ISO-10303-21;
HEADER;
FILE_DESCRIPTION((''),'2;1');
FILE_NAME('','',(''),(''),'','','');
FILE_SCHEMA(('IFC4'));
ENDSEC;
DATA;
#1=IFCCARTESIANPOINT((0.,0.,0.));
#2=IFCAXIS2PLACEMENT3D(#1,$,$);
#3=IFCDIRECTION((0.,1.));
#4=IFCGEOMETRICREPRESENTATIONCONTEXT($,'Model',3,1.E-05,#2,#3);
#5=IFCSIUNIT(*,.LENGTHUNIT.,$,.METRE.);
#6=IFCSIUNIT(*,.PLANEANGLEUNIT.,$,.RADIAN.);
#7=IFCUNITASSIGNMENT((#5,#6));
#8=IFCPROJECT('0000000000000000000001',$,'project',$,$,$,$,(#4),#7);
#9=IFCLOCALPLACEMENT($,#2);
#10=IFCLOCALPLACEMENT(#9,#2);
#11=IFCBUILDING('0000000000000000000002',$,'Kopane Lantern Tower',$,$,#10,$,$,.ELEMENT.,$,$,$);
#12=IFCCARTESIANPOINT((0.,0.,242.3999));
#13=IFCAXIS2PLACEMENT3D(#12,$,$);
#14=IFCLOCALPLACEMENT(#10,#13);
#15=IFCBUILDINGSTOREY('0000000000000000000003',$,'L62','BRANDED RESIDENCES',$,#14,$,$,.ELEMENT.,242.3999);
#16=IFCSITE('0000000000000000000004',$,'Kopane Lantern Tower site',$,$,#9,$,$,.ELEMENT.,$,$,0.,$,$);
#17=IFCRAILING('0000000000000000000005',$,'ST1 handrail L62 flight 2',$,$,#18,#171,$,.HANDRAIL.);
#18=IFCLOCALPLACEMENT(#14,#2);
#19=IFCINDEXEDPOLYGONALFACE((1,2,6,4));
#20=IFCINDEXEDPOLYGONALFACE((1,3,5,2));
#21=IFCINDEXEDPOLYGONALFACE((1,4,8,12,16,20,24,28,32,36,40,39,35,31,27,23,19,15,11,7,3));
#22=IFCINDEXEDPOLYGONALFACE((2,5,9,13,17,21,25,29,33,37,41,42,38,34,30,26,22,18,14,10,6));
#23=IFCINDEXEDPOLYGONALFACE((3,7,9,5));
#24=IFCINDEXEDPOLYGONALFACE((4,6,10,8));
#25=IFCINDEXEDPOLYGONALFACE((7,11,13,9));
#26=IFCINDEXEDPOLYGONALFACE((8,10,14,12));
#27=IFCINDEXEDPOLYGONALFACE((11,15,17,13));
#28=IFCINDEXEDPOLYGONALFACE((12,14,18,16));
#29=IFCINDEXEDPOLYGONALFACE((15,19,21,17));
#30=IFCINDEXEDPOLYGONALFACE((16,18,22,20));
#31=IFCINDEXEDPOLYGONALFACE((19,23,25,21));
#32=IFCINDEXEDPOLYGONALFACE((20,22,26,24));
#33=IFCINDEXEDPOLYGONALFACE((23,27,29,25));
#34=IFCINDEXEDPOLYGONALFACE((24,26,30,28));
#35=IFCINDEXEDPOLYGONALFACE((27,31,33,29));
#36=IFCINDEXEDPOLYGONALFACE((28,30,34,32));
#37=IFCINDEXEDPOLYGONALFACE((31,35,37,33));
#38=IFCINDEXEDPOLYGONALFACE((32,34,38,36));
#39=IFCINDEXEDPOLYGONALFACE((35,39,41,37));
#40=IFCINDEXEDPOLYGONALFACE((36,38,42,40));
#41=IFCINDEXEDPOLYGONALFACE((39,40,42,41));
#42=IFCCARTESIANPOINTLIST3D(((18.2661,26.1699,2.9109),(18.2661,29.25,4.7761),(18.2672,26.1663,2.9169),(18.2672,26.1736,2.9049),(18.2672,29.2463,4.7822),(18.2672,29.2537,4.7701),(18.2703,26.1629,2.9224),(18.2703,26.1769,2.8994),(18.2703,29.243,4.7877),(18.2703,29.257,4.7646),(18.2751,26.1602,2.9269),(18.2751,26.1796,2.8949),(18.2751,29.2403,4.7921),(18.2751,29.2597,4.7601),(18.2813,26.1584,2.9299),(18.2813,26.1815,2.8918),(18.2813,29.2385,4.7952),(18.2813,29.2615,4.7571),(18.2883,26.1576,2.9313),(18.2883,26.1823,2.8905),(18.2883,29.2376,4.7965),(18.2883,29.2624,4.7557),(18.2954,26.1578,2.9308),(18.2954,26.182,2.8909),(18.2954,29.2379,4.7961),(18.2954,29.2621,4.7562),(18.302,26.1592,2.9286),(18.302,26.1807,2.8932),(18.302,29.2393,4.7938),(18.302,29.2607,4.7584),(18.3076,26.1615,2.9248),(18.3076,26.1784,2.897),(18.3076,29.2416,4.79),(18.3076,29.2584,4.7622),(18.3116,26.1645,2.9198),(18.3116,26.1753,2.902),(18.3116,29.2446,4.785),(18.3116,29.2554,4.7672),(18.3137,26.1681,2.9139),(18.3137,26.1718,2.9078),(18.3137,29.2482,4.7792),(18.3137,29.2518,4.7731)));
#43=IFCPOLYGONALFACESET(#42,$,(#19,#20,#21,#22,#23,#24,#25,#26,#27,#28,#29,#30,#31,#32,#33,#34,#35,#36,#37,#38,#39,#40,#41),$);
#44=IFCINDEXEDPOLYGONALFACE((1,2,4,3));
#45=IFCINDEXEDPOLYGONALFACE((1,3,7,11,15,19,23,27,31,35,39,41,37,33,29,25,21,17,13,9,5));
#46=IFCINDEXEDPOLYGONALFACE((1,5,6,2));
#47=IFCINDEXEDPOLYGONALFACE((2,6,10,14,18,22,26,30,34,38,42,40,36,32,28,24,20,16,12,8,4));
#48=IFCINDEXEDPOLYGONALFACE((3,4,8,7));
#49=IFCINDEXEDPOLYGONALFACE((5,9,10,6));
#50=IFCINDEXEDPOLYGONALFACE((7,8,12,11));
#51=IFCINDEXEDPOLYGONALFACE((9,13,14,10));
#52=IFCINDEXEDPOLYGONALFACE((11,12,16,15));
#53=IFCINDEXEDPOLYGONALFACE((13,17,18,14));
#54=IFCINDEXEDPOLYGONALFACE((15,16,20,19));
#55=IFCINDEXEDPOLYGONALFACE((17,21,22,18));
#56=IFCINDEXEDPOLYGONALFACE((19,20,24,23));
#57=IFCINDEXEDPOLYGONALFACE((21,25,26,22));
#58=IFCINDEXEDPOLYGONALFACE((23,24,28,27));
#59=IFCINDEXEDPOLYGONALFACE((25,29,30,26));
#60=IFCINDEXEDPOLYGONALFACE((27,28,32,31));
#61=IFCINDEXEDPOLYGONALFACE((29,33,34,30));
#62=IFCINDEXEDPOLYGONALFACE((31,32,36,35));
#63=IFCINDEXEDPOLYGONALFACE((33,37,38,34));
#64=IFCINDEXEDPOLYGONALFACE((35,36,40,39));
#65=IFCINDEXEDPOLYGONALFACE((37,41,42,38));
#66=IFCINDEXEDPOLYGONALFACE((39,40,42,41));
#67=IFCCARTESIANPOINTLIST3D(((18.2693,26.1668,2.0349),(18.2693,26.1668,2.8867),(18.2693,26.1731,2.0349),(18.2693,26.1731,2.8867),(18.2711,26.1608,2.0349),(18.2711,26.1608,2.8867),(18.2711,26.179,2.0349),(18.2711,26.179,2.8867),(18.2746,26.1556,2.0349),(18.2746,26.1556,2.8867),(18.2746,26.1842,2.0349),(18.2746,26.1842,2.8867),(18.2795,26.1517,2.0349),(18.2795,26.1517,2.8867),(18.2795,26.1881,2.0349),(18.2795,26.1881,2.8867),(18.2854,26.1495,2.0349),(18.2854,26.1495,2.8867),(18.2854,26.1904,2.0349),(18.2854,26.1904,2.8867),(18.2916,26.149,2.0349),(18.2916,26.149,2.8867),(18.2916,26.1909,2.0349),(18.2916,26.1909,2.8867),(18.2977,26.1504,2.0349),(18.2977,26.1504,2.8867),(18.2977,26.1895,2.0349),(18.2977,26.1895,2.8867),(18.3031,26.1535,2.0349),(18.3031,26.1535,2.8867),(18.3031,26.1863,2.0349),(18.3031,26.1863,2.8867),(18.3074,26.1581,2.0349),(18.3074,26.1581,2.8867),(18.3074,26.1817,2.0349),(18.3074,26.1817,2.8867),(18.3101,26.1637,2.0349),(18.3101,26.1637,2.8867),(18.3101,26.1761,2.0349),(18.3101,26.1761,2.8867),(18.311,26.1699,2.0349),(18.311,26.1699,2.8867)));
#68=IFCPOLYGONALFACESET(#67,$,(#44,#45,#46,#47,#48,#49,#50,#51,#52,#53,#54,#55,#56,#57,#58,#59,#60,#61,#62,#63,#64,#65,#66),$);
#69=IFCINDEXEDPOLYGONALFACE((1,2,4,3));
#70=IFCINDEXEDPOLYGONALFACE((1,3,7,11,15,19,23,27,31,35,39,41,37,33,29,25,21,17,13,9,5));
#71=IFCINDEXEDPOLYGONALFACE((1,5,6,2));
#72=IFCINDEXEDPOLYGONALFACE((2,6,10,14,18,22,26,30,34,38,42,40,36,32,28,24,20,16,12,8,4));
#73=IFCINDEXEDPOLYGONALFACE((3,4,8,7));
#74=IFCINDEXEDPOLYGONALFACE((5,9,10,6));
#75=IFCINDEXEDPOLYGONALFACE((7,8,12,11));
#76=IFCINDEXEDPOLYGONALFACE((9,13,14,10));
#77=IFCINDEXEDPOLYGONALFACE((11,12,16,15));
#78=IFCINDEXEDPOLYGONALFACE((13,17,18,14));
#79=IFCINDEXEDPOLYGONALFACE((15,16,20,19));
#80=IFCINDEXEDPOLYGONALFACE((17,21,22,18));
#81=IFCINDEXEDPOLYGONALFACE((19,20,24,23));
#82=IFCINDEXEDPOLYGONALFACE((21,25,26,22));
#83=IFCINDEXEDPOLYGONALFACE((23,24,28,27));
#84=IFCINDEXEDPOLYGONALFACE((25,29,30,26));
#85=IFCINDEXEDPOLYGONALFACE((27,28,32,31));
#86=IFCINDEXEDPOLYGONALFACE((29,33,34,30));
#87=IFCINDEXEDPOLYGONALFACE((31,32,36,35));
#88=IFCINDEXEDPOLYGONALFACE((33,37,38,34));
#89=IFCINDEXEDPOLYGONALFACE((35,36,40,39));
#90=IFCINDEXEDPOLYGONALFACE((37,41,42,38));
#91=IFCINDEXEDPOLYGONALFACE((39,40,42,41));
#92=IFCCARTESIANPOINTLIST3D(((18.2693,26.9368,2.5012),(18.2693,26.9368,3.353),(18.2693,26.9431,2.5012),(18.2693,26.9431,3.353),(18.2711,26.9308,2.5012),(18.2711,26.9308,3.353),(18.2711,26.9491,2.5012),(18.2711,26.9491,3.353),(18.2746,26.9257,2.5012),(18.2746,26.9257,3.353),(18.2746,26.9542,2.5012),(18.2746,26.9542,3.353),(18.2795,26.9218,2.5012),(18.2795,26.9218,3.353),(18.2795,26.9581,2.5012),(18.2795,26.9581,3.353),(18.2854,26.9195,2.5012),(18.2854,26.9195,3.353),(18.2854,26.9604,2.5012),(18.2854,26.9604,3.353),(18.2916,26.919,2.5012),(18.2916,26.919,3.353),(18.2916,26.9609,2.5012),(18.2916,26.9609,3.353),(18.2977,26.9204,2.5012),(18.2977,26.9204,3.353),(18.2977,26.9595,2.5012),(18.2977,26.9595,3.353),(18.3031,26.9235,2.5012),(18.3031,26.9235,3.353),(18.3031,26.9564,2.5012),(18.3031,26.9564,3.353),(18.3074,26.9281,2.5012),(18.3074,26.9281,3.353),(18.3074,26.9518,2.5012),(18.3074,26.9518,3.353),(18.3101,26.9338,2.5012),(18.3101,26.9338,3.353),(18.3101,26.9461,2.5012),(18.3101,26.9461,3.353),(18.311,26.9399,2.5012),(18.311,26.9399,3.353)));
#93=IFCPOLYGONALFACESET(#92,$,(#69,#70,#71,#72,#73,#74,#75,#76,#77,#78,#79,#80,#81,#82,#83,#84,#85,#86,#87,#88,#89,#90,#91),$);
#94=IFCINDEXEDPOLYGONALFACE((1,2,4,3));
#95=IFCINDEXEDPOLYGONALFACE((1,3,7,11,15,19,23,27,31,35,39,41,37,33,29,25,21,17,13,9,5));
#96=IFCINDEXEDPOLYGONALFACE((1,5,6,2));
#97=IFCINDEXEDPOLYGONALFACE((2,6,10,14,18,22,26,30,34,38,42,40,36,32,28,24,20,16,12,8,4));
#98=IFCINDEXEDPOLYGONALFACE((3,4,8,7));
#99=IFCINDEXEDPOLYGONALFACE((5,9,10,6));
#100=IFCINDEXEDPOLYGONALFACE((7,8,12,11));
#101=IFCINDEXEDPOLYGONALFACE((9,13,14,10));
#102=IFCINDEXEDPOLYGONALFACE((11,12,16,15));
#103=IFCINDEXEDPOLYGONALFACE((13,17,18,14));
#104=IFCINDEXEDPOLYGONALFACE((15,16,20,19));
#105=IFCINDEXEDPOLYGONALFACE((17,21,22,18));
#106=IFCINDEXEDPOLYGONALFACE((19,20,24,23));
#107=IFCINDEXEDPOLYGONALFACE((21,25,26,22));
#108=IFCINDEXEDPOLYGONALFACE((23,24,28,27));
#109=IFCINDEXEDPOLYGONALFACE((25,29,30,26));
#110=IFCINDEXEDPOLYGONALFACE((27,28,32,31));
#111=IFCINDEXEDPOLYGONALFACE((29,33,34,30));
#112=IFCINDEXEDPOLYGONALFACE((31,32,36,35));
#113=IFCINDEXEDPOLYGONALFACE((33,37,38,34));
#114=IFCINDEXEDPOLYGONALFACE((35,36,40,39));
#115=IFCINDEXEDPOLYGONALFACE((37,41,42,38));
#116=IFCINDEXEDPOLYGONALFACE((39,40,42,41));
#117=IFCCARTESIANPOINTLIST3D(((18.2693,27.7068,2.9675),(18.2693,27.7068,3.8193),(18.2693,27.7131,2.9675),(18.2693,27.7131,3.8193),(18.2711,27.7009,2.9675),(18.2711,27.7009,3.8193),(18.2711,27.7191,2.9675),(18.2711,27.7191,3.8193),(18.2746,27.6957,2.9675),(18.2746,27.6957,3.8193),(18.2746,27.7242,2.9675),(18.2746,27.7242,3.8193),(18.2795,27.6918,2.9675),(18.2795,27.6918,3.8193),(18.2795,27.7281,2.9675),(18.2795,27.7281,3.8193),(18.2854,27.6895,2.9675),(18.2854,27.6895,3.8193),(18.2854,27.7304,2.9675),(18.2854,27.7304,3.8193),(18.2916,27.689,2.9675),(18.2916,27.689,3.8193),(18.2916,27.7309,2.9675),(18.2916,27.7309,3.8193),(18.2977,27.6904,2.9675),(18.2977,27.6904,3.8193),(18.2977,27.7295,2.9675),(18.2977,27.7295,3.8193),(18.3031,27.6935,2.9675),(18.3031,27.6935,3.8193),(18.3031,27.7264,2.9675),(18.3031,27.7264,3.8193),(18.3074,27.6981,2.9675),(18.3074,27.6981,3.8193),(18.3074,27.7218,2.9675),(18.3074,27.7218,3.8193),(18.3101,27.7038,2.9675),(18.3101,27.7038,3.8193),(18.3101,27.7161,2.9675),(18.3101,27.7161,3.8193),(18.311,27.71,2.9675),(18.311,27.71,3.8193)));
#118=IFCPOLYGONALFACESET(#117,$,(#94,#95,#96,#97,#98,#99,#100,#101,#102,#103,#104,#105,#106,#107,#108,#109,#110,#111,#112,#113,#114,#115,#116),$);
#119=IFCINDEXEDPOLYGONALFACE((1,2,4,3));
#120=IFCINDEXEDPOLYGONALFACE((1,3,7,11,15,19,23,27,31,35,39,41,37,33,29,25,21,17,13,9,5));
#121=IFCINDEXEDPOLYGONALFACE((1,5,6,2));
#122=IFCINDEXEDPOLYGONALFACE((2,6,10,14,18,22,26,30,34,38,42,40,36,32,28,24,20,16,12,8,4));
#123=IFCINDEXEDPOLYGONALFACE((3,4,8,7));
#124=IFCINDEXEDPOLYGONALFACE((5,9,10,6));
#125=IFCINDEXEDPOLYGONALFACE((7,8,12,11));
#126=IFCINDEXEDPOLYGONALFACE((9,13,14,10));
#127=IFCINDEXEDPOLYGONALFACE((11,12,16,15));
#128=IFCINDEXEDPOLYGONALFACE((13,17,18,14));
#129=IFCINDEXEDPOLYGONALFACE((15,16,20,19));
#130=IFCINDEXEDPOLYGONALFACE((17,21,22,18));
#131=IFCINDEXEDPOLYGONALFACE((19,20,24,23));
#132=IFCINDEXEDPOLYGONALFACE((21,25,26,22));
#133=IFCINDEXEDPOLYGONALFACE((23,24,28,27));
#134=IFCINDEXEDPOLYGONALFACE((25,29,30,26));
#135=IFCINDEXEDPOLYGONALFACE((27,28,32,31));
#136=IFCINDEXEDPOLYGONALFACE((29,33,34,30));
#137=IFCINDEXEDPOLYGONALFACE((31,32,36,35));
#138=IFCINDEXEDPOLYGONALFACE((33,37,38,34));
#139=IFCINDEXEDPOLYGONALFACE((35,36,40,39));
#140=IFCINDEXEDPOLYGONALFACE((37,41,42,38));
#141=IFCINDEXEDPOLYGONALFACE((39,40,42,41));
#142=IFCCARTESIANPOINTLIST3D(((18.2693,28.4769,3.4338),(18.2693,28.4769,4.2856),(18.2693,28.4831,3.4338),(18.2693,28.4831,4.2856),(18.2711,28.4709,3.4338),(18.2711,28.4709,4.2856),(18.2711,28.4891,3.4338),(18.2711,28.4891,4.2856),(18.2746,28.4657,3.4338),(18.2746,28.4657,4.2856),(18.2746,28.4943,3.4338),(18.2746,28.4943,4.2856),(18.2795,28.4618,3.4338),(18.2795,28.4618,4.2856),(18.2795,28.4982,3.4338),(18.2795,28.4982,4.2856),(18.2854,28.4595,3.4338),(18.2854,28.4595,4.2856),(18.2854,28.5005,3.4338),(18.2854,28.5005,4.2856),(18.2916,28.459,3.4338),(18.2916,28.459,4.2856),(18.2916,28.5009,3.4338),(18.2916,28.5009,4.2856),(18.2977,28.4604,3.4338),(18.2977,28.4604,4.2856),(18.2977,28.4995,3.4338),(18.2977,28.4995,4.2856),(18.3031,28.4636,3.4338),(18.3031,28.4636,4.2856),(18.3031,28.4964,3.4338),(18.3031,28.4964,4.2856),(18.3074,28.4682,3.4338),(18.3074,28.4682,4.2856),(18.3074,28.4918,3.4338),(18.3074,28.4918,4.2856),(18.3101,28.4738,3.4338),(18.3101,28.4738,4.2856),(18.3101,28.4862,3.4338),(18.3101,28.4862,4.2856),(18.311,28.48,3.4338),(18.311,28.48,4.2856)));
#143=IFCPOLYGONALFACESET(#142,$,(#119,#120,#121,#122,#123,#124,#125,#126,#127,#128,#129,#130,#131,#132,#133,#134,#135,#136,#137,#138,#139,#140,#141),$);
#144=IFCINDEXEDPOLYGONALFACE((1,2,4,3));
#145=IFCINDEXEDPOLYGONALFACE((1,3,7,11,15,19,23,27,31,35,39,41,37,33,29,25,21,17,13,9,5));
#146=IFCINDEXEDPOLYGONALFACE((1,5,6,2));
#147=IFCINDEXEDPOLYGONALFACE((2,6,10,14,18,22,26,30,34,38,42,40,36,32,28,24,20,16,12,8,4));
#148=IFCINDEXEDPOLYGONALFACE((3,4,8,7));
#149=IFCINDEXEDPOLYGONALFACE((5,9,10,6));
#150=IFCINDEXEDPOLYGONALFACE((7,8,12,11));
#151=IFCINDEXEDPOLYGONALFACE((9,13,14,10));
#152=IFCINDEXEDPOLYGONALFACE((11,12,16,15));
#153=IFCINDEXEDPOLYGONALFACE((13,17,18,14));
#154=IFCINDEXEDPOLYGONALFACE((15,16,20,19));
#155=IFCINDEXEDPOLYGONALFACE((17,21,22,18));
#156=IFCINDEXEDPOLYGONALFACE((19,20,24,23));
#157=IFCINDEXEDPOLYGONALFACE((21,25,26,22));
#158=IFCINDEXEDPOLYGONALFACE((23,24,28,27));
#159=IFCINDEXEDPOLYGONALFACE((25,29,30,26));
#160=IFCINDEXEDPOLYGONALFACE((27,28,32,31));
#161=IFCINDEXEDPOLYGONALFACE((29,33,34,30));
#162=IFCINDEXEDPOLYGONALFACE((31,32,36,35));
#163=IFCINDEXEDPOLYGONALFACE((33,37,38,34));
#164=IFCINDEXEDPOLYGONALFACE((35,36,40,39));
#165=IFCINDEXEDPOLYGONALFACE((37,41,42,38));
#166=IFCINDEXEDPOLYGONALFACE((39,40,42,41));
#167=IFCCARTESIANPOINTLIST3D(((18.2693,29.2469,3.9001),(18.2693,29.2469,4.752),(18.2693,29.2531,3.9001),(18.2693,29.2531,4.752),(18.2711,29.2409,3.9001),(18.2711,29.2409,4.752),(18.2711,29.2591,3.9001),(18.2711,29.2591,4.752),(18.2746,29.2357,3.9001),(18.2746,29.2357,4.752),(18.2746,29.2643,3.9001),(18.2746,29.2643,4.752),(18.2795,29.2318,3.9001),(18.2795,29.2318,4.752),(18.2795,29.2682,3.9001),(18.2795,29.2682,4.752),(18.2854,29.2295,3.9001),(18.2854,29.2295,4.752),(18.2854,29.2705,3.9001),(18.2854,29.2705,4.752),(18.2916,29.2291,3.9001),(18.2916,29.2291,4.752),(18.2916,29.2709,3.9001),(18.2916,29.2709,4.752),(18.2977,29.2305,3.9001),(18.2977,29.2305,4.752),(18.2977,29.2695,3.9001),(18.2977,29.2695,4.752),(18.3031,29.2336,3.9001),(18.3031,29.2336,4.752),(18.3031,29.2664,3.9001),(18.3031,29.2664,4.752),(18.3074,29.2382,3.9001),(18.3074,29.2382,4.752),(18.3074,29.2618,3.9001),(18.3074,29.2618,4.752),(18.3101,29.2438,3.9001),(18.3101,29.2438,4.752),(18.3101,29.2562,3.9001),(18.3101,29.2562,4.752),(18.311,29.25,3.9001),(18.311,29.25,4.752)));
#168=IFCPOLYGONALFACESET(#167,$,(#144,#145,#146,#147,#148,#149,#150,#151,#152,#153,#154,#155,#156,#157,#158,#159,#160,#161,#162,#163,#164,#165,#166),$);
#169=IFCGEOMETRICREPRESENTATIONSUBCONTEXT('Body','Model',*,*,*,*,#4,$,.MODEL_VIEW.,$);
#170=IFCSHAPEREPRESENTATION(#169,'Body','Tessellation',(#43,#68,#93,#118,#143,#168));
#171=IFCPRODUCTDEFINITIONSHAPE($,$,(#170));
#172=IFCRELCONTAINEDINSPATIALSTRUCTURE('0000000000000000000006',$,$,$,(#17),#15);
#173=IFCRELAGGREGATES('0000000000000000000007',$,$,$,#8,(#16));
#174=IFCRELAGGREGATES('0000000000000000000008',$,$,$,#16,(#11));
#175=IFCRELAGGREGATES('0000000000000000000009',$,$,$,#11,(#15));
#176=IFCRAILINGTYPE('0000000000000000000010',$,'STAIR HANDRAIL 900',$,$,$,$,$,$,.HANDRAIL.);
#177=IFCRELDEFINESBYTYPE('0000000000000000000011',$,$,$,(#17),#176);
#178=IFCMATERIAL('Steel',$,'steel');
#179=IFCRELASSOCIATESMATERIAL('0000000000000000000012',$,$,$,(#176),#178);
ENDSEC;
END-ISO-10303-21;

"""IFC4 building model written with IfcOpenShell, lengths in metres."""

from ifc_helpers import new_model, si_unit, direction, frame, origin, origin_2d, place, context, subcontext, project, spatial, circle, extrude, material, type_object, element, save


model = new_model("IFC4")

# Units and contexts
model_context = context("Model", 3, precision=1e-05, world=origin(), true_north=direction((0.0, 1.0)))
body_context = subcontext(model_context, "Body", "Model", "MODEL_VIEW")
ifc_project = project(units=[si_unit("LENGTHUNIT", "METRE"), si_unit("PLANEANGLEUNIT", "RADIAN")], contexts=[model_context])

# Site, building, storey
site_placement = place(None, origin())
site = spatial("IfcSite", under=ifc_project, at=site_placement, Name="Kopane Lantern Tower site", CompositionType="ELEMENT", RefElevation=0.0)
building_placement = place(site_placement, origin())
building = spatial("IfcBuilding", under=site, at=building_placement, Name="Kopane Lantern Tower", CompositionType="ELEMENT")
storey_placement = place(building_placement, frame((0.0, 0.0, 242.3999)))
storey = spatial("IfcBuildingStorey", under=building, at=storey_placement, Name="L62", Description="BRANDED RESIDENCES", CompositionType="ELEMENT", Elevation=242.3999)

# Railing
ifc_material_1 = material(Name="Steel", Category="steel")
railing_type_1 = type_object("IfcRailingType", Name="STAIR HANDRAIL 900", PredefinedType="HANDRAIL", material=ifc_material_1)
for number, where, name in (
    (1, (18.29, 26.1699, 2.0349), "ST1 handrail L62 flight 2"),
):
    element("IfcRailing", number, at=place(storey_placement, frame(where)), inside=storey, type_object=railing_type_1, Name=name, PredefinedType="HANDRAIL", context=body_context, shape_type="SweptSolid", body=[
        extrude(circle(Radius=0.0239, at=origin_2d()), frame((0.0, 0.0, 0.876), z_axis=(0.0, 0.85538, 0.518001), x_axis=(-1.0, 0.0, 0.0)), (0.0, 0.0, 1.0), 3.6008),
        extrude(circle(Radius=0.021, at=origin_2d()), origin(), (0.0, 0.0, 1.0), 0.8518),
        extrude(circle(Radius=0.021, at=origin_2d()), frame((0.0, 0.77, 0.4663)), (0.0, 0.0, 1.0), 0.8518),
        extrude(circle(Radius=0.021, at=origin_2d()), frame((0.0, 1.54, 0.9326)), (0.0, 0.0, 1.0), 0.8518),
        extrude(circle(Radius=0.021, at=origin_2d()), frame((0.0, 2.3101, 1.3989)), (0.0, 0.0, 1.0), 0.8518),
        extrude(circle(Radius=0.021, at=origin_2d()), frame((0.0, 3.0801, 1.8652)), (0.0, 0.0, 1.0), 0.8518),
    ])

save(model, "model.ifc")
